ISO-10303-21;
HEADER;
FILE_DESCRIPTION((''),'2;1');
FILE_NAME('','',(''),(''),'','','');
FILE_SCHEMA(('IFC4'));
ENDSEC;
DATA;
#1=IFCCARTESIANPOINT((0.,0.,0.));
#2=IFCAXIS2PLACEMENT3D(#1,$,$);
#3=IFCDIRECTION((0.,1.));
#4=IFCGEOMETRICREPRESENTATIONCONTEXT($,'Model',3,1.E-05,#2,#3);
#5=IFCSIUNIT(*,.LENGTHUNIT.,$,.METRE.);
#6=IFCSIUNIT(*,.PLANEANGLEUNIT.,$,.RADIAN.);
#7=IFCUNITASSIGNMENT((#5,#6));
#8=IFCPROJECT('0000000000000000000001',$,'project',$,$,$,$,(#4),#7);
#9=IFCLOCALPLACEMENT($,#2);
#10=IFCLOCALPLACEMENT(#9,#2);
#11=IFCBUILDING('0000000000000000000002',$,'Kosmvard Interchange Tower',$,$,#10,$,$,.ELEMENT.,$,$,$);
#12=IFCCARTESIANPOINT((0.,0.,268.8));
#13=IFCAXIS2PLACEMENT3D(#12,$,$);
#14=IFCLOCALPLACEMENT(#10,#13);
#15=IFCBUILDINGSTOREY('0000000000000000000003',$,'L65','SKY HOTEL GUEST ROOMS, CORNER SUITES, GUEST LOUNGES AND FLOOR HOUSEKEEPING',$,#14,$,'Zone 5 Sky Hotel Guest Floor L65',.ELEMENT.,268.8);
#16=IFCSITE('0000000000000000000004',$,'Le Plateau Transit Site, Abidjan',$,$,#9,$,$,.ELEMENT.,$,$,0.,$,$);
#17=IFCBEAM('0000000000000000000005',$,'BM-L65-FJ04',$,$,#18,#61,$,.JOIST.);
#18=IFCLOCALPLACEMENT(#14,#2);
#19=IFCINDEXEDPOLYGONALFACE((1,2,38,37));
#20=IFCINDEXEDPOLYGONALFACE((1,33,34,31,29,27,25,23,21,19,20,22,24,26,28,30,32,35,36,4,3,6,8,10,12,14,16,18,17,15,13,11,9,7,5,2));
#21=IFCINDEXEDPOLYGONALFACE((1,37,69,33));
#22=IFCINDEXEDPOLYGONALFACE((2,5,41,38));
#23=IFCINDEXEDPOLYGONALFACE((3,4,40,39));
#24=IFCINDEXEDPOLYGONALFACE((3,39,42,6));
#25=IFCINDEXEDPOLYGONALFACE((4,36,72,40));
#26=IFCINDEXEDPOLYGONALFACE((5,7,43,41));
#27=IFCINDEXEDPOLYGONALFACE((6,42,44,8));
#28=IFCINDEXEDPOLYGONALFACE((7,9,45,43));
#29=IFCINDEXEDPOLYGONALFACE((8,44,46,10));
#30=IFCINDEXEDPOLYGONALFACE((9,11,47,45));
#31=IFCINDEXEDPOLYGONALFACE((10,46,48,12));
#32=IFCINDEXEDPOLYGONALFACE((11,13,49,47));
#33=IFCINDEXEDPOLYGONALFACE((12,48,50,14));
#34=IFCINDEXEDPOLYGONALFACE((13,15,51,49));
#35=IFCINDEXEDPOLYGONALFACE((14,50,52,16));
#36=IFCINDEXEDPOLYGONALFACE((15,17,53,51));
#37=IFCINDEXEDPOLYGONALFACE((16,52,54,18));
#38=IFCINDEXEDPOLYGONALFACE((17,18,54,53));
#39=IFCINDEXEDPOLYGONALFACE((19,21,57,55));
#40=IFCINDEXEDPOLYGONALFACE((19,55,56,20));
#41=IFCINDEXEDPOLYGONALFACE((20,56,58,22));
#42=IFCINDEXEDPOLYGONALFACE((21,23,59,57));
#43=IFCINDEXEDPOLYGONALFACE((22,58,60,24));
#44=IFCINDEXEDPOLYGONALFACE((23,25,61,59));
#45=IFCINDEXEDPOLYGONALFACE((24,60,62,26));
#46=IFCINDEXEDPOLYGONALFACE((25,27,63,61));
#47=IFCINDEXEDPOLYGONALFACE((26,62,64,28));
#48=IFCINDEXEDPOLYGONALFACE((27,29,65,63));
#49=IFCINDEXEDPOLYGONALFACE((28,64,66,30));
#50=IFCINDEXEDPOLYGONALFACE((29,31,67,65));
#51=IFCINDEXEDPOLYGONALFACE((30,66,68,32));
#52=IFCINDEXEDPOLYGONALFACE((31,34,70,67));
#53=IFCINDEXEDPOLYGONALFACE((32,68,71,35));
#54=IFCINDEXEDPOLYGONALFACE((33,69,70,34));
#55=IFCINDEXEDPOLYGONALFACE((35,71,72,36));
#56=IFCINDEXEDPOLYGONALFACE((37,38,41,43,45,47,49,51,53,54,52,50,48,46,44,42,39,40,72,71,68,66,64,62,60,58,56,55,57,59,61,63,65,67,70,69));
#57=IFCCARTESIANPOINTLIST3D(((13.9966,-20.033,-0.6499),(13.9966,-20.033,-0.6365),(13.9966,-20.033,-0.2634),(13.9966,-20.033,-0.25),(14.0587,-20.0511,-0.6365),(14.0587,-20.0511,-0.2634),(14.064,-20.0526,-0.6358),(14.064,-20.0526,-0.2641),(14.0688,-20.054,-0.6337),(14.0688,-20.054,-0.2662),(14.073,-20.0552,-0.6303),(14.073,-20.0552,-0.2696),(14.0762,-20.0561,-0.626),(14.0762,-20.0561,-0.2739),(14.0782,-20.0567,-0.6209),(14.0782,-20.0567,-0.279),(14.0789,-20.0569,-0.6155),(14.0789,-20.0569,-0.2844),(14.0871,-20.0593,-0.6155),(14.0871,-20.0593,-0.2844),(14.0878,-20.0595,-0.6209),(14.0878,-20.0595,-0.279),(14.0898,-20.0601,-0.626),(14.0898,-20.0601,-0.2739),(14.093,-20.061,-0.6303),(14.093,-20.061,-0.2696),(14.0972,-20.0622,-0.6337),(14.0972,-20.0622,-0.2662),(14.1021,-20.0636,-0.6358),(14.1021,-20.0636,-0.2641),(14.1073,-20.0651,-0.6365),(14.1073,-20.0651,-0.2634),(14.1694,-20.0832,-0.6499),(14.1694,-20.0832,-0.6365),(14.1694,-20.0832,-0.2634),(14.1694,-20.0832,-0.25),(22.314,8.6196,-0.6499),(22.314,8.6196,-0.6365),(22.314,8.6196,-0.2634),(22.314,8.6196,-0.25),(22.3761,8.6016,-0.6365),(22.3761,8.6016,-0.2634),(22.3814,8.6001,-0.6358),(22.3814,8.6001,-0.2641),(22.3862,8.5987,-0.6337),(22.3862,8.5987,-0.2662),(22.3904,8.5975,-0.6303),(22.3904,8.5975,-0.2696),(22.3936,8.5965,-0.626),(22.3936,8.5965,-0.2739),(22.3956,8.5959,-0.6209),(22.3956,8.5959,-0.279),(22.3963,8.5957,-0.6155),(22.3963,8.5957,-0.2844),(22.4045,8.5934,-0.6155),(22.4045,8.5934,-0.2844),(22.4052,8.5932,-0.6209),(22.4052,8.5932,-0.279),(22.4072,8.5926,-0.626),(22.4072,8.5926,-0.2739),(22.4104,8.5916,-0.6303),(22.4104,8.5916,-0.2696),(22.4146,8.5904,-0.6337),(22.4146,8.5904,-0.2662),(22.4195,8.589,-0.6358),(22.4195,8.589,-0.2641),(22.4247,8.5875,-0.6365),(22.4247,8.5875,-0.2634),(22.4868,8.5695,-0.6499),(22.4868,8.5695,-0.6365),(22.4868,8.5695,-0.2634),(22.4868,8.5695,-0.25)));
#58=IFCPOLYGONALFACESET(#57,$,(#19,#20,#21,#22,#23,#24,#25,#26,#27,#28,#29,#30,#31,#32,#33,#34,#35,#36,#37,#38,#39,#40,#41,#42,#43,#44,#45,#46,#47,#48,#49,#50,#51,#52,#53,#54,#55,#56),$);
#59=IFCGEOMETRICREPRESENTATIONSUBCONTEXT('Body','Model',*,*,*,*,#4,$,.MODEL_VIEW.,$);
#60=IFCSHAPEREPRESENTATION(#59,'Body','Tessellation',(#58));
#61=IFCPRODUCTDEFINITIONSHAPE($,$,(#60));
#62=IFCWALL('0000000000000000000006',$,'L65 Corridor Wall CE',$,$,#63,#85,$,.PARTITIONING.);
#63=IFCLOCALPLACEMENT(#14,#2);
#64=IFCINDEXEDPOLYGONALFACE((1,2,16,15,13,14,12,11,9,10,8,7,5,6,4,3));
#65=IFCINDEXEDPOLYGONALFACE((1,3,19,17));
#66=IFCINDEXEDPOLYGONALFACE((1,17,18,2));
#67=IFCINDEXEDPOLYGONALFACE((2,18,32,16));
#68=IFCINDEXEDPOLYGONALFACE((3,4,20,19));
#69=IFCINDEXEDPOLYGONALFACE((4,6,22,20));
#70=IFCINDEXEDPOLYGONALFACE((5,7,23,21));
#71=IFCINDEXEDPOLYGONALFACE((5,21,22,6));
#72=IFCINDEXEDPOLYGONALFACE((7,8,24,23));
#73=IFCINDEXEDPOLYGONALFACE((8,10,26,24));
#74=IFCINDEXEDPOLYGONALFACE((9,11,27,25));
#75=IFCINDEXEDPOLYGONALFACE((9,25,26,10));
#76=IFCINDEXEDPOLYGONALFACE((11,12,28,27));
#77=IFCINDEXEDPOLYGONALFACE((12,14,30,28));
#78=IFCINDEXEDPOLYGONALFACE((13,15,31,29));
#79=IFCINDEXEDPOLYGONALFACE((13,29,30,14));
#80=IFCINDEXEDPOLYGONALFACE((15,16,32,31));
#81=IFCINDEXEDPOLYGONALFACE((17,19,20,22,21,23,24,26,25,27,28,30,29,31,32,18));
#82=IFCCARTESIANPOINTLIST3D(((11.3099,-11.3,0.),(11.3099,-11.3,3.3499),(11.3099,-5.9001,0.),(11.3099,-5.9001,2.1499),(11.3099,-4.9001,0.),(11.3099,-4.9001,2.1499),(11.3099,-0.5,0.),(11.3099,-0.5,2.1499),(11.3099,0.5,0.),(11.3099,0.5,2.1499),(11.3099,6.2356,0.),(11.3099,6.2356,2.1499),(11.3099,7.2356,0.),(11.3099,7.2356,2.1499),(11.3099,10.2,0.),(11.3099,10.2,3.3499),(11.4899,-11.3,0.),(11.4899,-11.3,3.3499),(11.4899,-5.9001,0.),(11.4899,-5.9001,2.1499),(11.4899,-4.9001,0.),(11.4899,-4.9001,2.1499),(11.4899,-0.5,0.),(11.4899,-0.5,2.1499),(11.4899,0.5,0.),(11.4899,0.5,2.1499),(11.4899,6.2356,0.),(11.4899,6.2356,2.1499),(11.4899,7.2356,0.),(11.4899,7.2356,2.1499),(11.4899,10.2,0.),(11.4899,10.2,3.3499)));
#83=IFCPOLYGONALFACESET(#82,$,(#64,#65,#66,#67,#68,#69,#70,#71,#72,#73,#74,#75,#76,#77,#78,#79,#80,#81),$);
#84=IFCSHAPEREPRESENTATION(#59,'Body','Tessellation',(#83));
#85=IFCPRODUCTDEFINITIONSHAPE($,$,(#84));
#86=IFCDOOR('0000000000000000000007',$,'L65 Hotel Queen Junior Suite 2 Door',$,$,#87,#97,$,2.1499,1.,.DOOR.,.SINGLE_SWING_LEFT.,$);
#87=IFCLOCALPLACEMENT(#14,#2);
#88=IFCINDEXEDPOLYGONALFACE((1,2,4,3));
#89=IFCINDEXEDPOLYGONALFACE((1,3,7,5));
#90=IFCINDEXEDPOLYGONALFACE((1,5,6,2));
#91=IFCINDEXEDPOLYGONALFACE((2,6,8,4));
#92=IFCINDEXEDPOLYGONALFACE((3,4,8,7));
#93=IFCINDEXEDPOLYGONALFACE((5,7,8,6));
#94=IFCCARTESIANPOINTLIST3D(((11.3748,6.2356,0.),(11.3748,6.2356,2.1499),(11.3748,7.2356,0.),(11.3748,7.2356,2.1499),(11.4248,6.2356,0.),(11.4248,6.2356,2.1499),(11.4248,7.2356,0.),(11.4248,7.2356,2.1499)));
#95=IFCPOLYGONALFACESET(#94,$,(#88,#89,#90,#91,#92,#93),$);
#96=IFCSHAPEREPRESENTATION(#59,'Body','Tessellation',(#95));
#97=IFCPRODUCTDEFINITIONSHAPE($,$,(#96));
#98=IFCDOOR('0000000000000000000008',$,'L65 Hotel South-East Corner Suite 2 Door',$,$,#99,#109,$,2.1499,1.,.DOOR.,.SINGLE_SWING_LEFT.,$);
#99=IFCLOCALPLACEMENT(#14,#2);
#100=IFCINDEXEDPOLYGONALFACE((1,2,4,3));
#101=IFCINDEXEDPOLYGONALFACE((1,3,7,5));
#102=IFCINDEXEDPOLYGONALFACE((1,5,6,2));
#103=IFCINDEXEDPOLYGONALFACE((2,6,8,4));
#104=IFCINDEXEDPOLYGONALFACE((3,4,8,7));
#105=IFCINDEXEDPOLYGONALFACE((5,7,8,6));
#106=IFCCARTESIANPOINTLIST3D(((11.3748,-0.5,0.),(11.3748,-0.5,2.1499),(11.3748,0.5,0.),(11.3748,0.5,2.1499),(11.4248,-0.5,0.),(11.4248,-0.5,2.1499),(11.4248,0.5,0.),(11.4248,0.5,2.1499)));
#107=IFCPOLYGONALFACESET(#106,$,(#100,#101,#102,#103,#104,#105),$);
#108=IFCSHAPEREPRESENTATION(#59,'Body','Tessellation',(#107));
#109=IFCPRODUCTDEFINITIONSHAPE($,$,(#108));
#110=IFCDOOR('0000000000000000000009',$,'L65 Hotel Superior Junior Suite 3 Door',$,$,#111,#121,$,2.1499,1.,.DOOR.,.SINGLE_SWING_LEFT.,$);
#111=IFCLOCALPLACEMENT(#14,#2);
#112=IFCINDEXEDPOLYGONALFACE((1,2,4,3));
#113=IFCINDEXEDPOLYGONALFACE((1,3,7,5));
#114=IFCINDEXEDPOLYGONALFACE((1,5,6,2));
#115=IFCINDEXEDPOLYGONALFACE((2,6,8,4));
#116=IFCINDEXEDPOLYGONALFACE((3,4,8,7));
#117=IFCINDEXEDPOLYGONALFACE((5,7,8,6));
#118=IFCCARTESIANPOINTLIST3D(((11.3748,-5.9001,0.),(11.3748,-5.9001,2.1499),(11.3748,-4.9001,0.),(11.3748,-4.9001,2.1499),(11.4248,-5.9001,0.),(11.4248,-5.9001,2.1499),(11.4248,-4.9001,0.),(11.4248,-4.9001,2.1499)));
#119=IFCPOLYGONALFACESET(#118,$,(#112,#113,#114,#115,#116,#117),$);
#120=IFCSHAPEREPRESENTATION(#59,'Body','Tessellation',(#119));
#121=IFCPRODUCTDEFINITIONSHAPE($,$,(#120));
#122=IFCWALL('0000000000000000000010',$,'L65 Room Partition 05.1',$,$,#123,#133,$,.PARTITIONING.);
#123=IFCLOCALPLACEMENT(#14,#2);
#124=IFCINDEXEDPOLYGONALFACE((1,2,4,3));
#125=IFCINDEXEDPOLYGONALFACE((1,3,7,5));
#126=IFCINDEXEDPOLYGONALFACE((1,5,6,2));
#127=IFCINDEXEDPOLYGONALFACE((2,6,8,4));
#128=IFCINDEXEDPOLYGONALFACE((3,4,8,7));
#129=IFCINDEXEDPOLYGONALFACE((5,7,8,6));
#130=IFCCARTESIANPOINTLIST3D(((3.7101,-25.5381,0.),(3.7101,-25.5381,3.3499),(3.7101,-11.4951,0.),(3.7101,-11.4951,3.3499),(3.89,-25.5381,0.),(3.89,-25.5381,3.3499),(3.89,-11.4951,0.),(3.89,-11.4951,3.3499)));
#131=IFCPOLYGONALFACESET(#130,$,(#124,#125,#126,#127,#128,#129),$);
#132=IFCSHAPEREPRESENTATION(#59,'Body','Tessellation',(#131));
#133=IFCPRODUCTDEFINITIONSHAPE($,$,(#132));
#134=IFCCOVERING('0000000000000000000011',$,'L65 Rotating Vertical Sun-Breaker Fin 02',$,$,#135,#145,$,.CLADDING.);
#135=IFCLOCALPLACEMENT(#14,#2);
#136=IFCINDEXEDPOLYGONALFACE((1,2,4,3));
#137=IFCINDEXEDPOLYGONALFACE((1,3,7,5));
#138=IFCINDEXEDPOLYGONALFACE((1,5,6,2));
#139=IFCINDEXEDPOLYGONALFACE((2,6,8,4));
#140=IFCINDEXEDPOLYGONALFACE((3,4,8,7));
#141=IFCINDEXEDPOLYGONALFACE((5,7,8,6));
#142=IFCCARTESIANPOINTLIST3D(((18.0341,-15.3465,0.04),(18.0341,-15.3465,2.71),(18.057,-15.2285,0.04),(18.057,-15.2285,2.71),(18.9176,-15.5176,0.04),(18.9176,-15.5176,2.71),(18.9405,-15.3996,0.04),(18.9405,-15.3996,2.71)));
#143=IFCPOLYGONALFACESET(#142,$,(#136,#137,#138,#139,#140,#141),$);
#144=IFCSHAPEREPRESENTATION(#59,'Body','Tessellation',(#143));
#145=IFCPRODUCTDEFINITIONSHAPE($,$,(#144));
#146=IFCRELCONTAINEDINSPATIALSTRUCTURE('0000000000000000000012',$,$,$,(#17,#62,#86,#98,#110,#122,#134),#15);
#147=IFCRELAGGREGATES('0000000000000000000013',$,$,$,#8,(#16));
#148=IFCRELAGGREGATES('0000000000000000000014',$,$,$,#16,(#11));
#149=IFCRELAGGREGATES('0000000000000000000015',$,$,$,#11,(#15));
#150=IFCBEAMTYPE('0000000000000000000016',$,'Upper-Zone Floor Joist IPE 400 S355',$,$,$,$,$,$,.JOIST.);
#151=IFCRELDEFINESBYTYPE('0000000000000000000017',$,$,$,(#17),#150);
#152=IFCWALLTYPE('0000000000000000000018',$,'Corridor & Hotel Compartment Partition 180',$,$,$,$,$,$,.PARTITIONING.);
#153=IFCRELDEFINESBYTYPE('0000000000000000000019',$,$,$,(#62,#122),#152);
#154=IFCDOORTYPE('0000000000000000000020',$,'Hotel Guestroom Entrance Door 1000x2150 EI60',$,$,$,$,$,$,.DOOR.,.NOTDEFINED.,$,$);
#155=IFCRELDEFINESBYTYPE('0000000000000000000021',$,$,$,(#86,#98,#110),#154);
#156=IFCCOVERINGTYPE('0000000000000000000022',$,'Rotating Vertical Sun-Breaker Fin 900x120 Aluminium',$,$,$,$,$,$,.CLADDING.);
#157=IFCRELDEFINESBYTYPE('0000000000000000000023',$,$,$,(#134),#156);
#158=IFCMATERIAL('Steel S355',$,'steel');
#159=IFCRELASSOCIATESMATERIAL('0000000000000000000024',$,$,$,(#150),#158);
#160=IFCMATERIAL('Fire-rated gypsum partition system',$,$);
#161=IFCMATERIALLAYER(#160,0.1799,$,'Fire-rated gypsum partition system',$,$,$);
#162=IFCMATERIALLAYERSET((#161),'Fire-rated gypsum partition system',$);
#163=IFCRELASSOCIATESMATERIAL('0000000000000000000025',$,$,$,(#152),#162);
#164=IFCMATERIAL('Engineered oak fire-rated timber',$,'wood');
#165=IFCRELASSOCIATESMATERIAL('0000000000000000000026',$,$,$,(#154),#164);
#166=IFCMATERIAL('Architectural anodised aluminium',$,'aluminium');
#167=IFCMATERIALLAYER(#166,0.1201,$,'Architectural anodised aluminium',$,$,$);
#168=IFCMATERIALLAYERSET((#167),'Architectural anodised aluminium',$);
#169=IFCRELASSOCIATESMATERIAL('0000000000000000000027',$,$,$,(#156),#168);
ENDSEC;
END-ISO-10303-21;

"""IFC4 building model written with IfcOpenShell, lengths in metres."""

from ifc_helpers import new_model, si_unit, direction, frame, frame_2d, origin, origin_2d, place, context, subcontext, project, spatial, rectangle, i_section, extrude, source, transform, mapped, material, layer, layer_set, material_profile, profile_set, type_object, element, fill, save


model = new_model("IFC4")

# Units and contexts
model_context = context("Model", 3, precision=1e-05, world=origin(), true_north=direction((0.0, 1.0)))
body_context = subcontext(model_context, "Body", "Model", "MODEL_VIEW")
ifc_project = project(units=[si_unit("LENGTHUNIT", "METRE"), si_unit("PLANEANGLEUNIT", "RADIAN")], contexts=[model_context])

# Site, building, storey
site_placement = place(None, origin())
site = spatial("IfcSite", under=ifc_project, at=site_placement, Name="Le Plateau Transit Site, Abidjan", CompositionType="ELEMENT", RefElevation=0.0)
building_placement = place(site_placement, origin())
building = spatial("IfcBuilding", under=site, at=building_placement, Name="Kosmvard Interchange Tower", CompositionType="ELEMENT")
storey_placement = place(building_placement, frame((0.0, 0.0, 268.8)))
storey = spatial("IfcBuildingStorey", under=building, at=storey_placement, Name="L65", Description="SKY HOTEL GUEST ROOMS, CORNER SUITES, GUEST LOUNGES AND FLOOR HOUSEKEEPING", LongName="Zone 5 Sky Hotel Guest Floor L65", CompositionType="ELEMENT", Elevation=268.8)

# Beam
ifc_material_1 = material(Name="Steel S355", Category="steel")
ifc_material_profile_1 = material_profile(ifc_material_1, i_section(OverallWidth=0.1799, OverallDepth=0.3999, WebThickness=0.0085, FlangeThickness=0.0134, FilletRadius=0.021, at=origin_2d()), Name="IPE 400")
ifc_profile_set_1 = profile_set([ifc_material_profile_1], Name="Steel S355")
beam_type_1 = type_object("IfcBeamType", Name="Upper-Zone Floor Joist IPE 400 S355", PredefinedType="JOIST", material=ifc_profile_set_1)
shared_shape_1 = source(origin(), body_context, "Body", "SweptSolid", [
    extrude(i_section(OverallWidth=0.1799, OverallDepth=0.3999, WebThickness=0.0085, FlangeThickness=0.0134, FilletRadius=0.021, at=origin_2d()), origin(), (0.0, 0.0, 1.0), 29.8354),
])
beam_1_placement = place(storey_placement, frame((14.083, -20.0581, -0.45), z_axis=(0.278776, 0.960356, 0.0), x_axis=(-0.960356, 0.278776, 0.0)))
element("IfcBeam", 1, at=beam_1_placement, inside=storey, type_object=beam_type_1, Name="BM-L65-FJ04", PredefinedType="JOIST", context=body_context, shape_type="MappedRepresentation", body=[
    mapped(shared_shape_1, transform((0.0, 0.0, 0.0), scale=1.0)),
])

# Wall, openings, doors
ifc_material_2 = material(Name="Fire-rated gypsum partition system")
ifc_layer_1 = layer(ifc_material_2, 0.1799, Name="Fire-rated gypsum partition system")
ifc_layer_set_1 = layer_set([ifc_layer_1], Name="Fire-rated gypsum partition system")
wall_type = type_object("IfcWallType", Name="Corridor & Hotel Compartment Partition 180", PredefinedType="PARTITIONING", material=ifc_layer_set_1)
wall_1_placement = place(storey_placement, frame((11.3999, -11.3, 0.0), z_axis=(0.0, 0.0, 1.0), x_axis=(0.0, 1.0, 0.0)))
wall_1 = element("IfcWall", 2, at=wall_1_placement, inside=storey, type_object=wall_type, Name="L65 Corridor Wall CE", PredefinedType="PARTITIONING", context=body_context, shape_type="SweptSolid", body=[
    extrude(rectangle(XDim=21.5, YDim=0.1799, at=frame_2d((10.75, 0.0))), origin(), (0.0, 0.0, 1.0), 3.3499),
])
opening_1_placement = place(wall_1_placement, frame((17.5356, 0.0, 0.0)))
opening_1 = element("IfcOpeningElement", 3, at=opening_1_placement, cuts=wall_1, PredefinedType="OPENING", context=body_context, shape_type="SweptSolid", body=[
    extrude(rectangle(XDim=1.0, YDim=2.1499, at=frame_2d((0.5, 1.075))), frame((0.0, 0.1001, 0.0), z_axis=(0.0, -1.0, 0.0), x_axis=(1.0, 0.0, 0.0)), (0.0, 0.0, 1.0), 0.2),
])
opening_2_placement = place(wall_1_placement, frame((10.8, 0.0, 0.0)))
opening_2 = element("IfcOpeningElement", 4, at=opening_2_placement, cuts=wall_1, PredefinedType="OPENING", context=body_context, shape_type="SweptSolid", body=[
    extrude(rectangle(XDim=1.0, YDim=2.1499, at=frame_2d((0.5, 1.075))), frame((0.0, 0.1001, 0.0), z_axis=(0.0, -1.0, 0.0), x_axis=(1.0, 0.0, 0.0)), (0.0, 0.0, 1.0), 0.2),
])
opening_3_placement = place(wall_1_placement, frame((5.3999, 0.0, 0.0)))
opening_3 = element("IfcOpeningElement", 5, at=opening_3_placement, cuts=wall_1, PredefinedType="OPENING", context=body_context, shape_type="SweptSolid", body=[
    extrude(rectangle(XDim=1.0, YDim=2.1499, at=frame_2d((0.5, 1.075))), frame((0.0, 0.1001, 0.0), z_axis=(0.0, -1.0, 0.0), x_axis=(1.0, 0.0, 0.0)), (0.0, 0.0, 1.0), 0.2),
])
ifc_material_3 = material(Name="Engineered oak fire-rated timber", Category="wood")
door_type = type_object("IfcDoorType", Name="Hotel Guestroom Entrance Door 1000x2150 EI60", OperationType="NOTDEFINED", PredefinedType="DOOR", material=ifc_material_3)
shared_shape_2 = source(origin(), body_context, "Body", "SweptSolid", [
    extrude(rectangle(XDim=1.0, YDim=2.1499, at=frame_2d((0.5, 1.075))), frame((0.0, 0.0249, 0.0), z_axis=(0.0, -1.0, 0.0), x_axis=(1.0, 0.0, 0.0)), (0.0, 0.0, 1.0), 0.05),
])
door_1_placement = place(opening_1_placement, frame((1.0, 0.0, 0.0), z_axis=(0.0, 0.0, 1.0), x_axis=(-1.0, 0.0, 0.0)))
door_1 = element("IfcDoor", 6, at=door_1_placement, inside=storey, type_object=door_type, Name="L65 Hotel Queen Junior Suite 2 Door", OperationType="SINGLE_SWING_LEFT", OverallHeight=2.1499, OverallWidth=1.0, PredefinedType="DOOR", context=body_context, shape_type="MappedRepresentation", body=[
    mapped(shared_shape_2, transform((0.0, 0.0, 0.0), scale=1.0)),
])
fill(opening_1, door_1)
door_2_placement = place(opening_2_placement, frame((1.0, 0.0, 0.0), z_axis=(0.0, 0.0, 1.0), x_axis=(-1.0, 0.0, 0.0)))
door_2 = element("IfcDoor", 7, at=door_2_placement, inside=storey, type_object=door_type, Name="L65 Hotel South-East Corner Suite 2 Door", OperationType="SINGLE_SWING_LEFT", OverallHeight=2.1499, OverallWidth=1.0, PredefinedType="DOOR", context=body_context, shape_type="MappedRepresentation", body=[
    mapped(shared_shape_2, transform((0.0, 0.0, 0.0), scale=1.0)),
])
fill(opening_2, door_2)
door_3_placement = place(opening_3_placement, frame((1.0, 0.0, 0.0), z_axis=(0.0, 0.0, 1.0), x_axis=(-1.0, 0.0, 0.0)))
door_3 = element("IfcDoor", 8, at=door_3_placement, inside=storey, type_object=door_type, Name="L65 Hotel Superior Junior Suite 3 Door", OperationType="SINGLE_SWING_LEFT", OverallHeight=2.1499, OverallWidth=1.0, PredefinedType="DOOR", context=body_context, shape_type="MappedRepresentation", body=[
    mapped(shared_shape_2, transform((0.0, 0.0, 0.0), scale=1.0)),
])
fill(opening_3, door_3)

# Wall
wall_2_placement = place(storey_placement, frame((3.8, -11.4951, 0.0), z_axis=(0.0, 0.0, 1.0), x_axis=(0.0, -1.0, 0.0)))
element("IfcWall", 9, at=wall_2_placement, inside=storey, type_object=wall_type, Name="L65 Room Partition 05.1", PredefinedType="PARTITIONING", context=body_context, shape_type="SweptSolid", body=[
    extrude(rectangle(XDim=14.043, YDim=0.1799, at=frame_2d((7.0215, 0.0))), origin(), (0.0, 0.0, 1.0), 3.3499),
])

# Covering
ifc_material_4 = material(Name="Architectural anodised aluminium", Category="aluminium")
ifc_layer_2 = layer(ifc_material_4, 0.1201, Name="Architectural anodised aluminium")
ifc_layer_set_2 = layer_set([ifc_layer_2], Name="Architectural anodised aluminium")
covering_type = type_object("IfcCoveringType", Name="Rotating Vertical Sun-Breaker Fin 900x120 Aluminium", PredefinedType="CLADDING", material=ifc_layer_set_2)
shared_shape_3 = source(origin(), body_context, "Body", "SweptSolid", [
    extrude(rectangle(XDim=0.8999, YDim=0.1201, at=origin_2d()), origin(), (0.0, 0.0, 1.0), 2.6699),
])
covering_placement = place(storey_placement, frame((18.4873, -15.373, 0.04), z_axis=(0.0, 0.0, 1.0), x_axis=(0.98176, -0.190124, 0.0)))
element("IfcCovering", 10, at=covering_placement, inside=storey, type_object=covering_type, Name="L65 Rotating Vertical Sun-Breaker Fin 02", PredefinedType="CLADDING", context=body_context, shape_type="MappedRepresentation", body=[
    mapped(shared_shape_3, transform((0.0, 0.0, 0.0), scale=1.0)),
])

save(model, "model.ifc")
